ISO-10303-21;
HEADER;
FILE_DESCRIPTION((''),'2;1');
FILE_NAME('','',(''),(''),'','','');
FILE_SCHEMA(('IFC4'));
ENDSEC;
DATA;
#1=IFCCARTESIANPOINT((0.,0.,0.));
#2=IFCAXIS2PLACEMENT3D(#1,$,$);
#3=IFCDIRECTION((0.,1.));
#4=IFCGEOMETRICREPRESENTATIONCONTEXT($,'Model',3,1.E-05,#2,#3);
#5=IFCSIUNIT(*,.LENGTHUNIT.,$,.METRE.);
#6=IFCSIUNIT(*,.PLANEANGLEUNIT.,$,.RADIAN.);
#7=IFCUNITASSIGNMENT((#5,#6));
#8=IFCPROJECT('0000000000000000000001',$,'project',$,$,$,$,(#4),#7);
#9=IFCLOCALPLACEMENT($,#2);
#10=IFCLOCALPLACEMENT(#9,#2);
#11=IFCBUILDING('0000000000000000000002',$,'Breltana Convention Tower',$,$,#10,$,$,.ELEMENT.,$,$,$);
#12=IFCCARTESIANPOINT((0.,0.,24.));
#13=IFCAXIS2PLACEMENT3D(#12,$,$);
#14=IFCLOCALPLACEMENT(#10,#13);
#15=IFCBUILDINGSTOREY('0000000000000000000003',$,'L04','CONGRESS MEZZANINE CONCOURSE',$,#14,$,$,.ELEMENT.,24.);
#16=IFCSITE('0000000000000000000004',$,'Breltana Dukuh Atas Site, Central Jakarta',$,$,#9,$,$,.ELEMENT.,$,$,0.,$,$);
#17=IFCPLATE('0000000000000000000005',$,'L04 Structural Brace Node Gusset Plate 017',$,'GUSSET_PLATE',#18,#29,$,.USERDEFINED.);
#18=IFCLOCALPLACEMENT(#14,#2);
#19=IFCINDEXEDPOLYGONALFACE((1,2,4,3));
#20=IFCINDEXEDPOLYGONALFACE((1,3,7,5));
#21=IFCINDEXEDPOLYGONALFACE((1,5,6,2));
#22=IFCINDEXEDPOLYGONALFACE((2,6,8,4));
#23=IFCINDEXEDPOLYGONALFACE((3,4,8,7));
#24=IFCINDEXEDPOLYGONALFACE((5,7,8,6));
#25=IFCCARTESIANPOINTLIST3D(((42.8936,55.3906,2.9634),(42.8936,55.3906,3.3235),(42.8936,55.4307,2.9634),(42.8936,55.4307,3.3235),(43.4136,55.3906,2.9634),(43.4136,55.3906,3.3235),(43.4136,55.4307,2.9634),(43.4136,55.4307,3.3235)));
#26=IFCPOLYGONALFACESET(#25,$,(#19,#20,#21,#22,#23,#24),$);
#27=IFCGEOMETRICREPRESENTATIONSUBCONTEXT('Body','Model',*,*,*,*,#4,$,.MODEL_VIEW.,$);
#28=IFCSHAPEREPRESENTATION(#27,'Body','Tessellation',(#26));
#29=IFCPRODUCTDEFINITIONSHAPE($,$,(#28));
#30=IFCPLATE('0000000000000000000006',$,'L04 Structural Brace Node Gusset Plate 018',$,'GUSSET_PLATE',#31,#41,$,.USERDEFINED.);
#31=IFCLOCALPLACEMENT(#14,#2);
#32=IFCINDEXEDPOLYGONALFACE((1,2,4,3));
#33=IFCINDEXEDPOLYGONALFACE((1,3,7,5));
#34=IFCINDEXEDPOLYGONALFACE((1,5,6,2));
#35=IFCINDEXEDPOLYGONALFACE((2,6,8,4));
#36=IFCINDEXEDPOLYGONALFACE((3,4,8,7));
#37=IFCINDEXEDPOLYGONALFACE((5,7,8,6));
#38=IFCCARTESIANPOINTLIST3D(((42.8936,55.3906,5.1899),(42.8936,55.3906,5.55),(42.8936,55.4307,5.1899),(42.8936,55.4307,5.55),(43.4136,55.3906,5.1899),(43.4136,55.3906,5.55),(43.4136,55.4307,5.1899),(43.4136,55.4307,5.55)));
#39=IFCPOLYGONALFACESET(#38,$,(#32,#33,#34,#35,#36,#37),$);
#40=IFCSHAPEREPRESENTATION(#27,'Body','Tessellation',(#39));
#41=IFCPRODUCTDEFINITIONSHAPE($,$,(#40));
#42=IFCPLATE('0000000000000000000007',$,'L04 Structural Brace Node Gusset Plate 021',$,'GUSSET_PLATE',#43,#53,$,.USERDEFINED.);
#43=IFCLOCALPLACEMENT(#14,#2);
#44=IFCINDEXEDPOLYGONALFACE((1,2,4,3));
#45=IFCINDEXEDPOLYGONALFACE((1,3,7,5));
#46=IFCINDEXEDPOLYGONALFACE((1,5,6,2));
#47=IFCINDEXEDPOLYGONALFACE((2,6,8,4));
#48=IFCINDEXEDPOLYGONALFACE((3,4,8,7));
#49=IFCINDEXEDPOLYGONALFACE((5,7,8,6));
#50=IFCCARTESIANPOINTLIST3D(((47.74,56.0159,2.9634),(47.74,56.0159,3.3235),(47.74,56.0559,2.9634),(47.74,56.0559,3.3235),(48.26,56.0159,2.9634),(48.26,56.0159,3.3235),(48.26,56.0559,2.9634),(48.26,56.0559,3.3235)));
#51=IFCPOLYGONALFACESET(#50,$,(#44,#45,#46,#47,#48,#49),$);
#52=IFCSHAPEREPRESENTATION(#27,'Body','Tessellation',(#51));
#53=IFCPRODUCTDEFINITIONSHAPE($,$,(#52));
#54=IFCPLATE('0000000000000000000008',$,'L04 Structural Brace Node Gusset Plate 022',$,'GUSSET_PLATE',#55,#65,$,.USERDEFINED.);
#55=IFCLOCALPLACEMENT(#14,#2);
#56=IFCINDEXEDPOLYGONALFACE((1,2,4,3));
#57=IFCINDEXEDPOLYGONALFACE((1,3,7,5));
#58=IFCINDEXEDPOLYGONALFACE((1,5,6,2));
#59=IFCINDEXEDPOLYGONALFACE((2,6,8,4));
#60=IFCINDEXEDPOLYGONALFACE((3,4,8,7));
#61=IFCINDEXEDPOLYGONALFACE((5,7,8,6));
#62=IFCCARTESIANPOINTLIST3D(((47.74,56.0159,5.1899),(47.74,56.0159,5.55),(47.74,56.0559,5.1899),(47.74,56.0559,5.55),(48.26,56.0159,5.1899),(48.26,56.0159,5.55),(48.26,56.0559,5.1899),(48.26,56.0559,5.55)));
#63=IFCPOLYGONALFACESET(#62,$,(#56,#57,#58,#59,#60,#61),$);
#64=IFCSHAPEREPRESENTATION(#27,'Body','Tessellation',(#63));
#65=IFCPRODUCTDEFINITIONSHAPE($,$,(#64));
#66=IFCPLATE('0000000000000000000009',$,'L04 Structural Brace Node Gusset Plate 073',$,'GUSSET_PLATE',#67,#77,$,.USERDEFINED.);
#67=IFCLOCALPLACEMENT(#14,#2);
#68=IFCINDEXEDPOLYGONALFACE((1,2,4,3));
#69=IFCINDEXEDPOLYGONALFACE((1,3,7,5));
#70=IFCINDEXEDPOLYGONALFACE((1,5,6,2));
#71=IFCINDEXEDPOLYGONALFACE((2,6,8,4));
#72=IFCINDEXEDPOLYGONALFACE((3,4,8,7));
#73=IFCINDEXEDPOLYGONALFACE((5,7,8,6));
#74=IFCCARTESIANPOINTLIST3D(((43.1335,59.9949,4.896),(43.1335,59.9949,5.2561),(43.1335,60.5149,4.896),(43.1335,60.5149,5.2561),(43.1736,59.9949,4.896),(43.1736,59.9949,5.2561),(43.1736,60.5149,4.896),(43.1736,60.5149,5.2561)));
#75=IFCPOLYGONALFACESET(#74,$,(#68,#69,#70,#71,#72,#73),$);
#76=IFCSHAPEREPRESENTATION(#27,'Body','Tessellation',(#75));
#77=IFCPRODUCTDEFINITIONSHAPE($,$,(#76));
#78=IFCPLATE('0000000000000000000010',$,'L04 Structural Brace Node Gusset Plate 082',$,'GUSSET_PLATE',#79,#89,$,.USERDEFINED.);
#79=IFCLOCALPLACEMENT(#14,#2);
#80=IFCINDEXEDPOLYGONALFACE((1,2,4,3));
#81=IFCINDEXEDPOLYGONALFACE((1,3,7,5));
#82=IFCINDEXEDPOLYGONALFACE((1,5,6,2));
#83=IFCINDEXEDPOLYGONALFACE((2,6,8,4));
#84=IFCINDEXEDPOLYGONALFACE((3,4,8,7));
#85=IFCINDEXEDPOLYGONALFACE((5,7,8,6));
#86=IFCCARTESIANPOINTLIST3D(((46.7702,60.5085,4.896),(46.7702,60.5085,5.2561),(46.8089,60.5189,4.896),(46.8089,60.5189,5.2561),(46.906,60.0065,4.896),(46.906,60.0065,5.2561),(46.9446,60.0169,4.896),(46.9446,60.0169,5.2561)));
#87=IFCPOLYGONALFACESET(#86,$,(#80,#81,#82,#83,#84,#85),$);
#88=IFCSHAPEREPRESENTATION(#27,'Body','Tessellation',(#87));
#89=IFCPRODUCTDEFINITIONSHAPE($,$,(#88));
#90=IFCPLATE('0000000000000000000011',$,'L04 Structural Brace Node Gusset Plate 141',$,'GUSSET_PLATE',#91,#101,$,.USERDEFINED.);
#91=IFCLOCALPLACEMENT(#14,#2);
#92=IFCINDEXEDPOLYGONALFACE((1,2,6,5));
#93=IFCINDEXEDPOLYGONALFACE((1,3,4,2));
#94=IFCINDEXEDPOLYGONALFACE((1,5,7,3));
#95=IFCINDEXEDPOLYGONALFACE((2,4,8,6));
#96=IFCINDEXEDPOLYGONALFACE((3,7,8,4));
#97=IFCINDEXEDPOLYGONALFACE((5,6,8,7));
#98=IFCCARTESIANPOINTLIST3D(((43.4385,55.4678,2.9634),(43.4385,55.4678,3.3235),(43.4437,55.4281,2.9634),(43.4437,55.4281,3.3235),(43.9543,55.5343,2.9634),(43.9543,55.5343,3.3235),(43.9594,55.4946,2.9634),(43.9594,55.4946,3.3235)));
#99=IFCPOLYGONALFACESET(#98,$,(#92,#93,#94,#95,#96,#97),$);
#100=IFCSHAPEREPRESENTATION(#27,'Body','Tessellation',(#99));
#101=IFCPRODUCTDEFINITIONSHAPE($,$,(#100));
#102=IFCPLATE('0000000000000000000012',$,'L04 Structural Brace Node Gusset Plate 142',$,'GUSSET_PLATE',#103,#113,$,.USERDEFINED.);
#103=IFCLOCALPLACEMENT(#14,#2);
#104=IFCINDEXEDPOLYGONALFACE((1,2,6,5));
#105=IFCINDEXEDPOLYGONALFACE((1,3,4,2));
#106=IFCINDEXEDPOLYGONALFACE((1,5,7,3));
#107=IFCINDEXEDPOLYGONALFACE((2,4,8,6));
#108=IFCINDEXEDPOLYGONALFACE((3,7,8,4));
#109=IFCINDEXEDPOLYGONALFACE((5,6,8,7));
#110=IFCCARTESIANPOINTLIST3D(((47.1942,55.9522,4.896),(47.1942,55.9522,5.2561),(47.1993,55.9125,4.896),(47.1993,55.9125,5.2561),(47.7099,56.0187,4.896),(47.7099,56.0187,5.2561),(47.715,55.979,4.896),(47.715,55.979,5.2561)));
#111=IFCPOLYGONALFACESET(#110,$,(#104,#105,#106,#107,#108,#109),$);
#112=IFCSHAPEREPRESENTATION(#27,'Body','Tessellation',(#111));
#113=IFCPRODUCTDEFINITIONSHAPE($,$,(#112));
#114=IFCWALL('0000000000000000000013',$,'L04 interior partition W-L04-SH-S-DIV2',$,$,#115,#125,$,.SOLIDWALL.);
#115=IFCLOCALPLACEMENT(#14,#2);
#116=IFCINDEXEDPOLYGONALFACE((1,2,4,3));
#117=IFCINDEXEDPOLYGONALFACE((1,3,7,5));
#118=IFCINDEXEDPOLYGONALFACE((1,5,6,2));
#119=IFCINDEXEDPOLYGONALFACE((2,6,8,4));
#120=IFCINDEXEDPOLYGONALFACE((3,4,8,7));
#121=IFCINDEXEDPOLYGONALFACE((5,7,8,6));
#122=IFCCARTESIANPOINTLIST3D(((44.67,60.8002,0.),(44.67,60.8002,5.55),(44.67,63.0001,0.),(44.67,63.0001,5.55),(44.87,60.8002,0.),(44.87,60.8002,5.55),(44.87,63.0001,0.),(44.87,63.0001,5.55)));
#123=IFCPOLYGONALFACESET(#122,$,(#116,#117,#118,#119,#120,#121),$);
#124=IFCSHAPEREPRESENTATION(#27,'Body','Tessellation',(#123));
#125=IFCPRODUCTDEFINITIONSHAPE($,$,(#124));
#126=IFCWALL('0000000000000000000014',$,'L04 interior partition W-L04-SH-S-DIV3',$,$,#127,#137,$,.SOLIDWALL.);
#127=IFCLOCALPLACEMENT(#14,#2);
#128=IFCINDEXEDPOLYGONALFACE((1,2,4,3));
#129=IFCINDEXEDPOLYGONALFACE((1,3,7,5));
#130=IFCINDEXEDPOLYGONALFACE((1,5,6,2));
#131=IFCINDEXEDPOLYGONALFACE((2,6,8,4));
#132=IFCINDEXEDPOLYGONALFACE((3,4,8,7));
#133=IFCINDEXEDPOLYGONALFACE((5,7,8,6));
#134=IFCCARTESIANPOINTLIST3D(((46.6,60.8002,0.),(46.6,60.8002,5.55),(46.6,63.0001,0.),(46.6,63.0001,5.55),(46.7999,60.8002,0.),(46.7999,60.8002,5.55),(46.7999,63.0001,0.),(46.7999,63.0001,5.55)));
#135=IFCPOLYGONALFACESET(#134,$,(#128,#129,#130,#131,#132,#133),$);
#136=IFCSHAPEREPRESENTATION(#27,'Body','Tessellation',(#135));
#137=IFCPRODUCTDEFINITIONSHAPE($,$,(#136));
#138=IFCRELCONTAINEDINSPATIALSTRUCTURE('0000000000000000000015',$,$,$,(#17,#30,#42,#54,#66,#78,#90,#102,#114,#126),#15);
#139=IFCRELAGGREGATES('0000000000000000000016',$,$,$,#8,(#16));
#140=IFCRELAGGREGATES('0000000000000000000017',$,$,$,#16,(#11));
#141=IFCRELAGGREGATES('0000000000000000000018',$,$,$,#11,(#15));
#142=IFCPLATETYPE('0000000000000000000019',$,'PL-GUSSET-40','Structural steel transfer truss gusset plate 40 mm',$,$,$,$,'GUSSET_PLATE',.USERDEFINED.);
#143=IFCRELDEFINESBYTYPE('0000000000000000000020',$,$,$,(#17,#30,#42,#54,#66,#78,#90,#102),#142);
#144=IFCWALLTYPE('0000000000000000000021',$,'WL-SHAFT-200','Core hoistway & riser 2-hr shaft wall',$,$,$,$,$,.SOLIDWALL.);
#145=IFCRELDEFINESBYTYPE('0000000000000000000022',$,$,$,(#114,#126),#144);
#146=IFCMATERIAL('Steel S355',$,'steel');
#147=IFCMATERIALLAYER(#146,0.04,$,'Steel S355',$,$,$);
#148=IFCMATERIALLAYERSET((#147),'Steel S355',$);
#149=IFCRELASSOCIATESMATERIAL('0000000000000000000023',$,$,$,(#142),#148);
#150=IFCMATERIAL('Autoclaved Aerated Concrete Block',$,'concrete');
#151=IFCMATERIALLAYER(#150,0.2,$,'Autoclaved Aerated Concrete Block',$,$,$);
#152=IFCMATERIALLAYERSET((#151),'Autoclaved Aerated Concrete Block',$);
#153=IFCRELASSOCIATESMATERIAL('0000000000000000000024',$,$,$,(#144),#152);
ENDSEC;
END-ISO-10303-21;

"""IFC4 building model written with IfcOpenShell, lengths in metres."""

from ifc_helpers import new_model, si_unit, direction, frame, frame_2d, origin, origin_2d, place, context, subcontext, project, spatial, rectangle, extrude, source, transform, mapped, material, layer, layer_set, type_object, element, save


model = new_model("IFC4")

# Units and contexts
model_context = context("Model", 3, precision=1e-05, world=origin(), true_north=direction((0.0, 1.0)))
body_context = subcontext(model_context, "Body", "Model", "MODEL_VIEW")
ifc_project = project(units=[si_unit("LENGTHUNIT", "METRE"), si_unit("PLANEANGLEUNIT", "RADIAN")], contexts=[model_context])

# Site, building, storey
site_placement = place(None, origin())
site = spatial("IfcSite", under=ifc_project, at=site_placement, Name="Breltana Dukuh Atas Site, Central Jakarta", CompositionType="ELEMENT", RefElevation=0.0)
building_placement = place(site_placement, origin())
building = spatial("IfcBuilding", under=site, at=building_placement, Name="Breltana Convention Tower", CompositionType="ELEMENT")
storey_placement = place(building_placement, frame((0.0, 0.0, 24.0)))
storey = spatial("IfcBuildingStorey", under=building, at=storey_placement, Name="L04", Description="CONGRESS MEZZANINE CONCOURSE", CompositionType="ELEMENT", Elevation=24.0)

# Plates
ifc_material_1 = material(Name="Steel S355", Category="steel")
ifc_layer_1 = layer(ifc_material_1, 0.04, Name="Steel S355")
ifc_layer_set_1 = layer_set([ifc_layer_1], Name="Steel S355")
plate_type = type_object("IfcPlateType", Name="PL-GUSSET-40", Description="Structural steel transfer truss gusset plate 40 mm", ElementType="GUSSET_PLATE", PredefinedType="USERDEFINED", material=ifc_layer_set_1)
shared_shape_1 = source(origin(), body_context, "Body", "SweptSolid", [
    extrude(rectangle(XDim=0.52, YDim=0.04, at=origin_2d()), origin(), (0.0, 0.0, 1.0), 0.3601),
])
for number, where, z_axis, x_axis, name in (
    (1, (43.1536, 55.4106, 2.9634), (0.0, 0.0, 1.0), (1.0, 0.0, 0.0), "L04 Structural Brace Node Gusset Plate 017"),
    (2, (43.1536, 55.4106, 5.1899), (0.0, 0.0, 1.0), (1.0, 0.0, 0.0), "L04 Structural Brace Node Gusset Plate 018"),
    (3, (48.0, 56.0359, 2.9634), (0.0, 0.0, 1.0), (1.0, 0.0, 0.0), "L04 Structural Brace Node Gusset Plate 021"),
    (4, (48.0, 56.0359, 5.1899), (0.0, 0.0, 1.0), (1.0, 0.0, 0.0), "L04 Structural Brace Node Gusset Plate 022"),
    (5, (43.1536, 60.2549, 4.896), (0.0, 0.0, 1.0), (0.0, 1.0, 0.0), "L04 Structural Brace Node Gusset Plate 073"),
    (6, (46.8574, 60.2627, 4.896), (0.0, 0.0, 1.0), (-0.26101, 0.965336, 0.0), "L04 Structural Brace Node Gusset Plate 082"),
    (7, (43.699, 55.4812, 2.9634), (0.0, 0.0, 1.0), (0.991783, 0.12793, 0.0), "L04 Structural Brace Node Gusset Plate 141"),
    (8, (47.4546, 55.9656, 4.896), (0.0, 0.0, 1.0), (0.991783, 0.12793, 0.0), "L04 Structural Brace Node Gusset Plate 142"),
):
    element("IfcPlate", number, at=place(storey_placement, frame(where, z_axis=z_axis, x_axis=x_axis)), inside=storey, type_object=plate_type, Name=name, ObjectType="GUSSET_PLATE", PredefinedType="USERDEFINED", context=body_context, shape_type="MappedRepresentation", body=[
        mapped(shared_shape_1, transform((0.0, 0.0, 0.0), scale=1.0)),
    ])

# Walls
ifc_material_2 = material(Name="Autoclaved Aerated Concrete Block", Category="concrete")
ifc_layer_2 = layer(ifc_material_2, 0.2, Name="Autoclaved Aerated Concrete Block")
ifc_layer_set_2 = layer_set([ifc_layer_2], Name="Autoclaved Aerated Concrete Block")
wall_type = type_object("IfcWallType", Name="WL-SHAFT-200", Description="Core hoistway & riser 2-hr shaft wall", PredefinedType="SOLIDWALL", material=ifc_layer_set_2)
shared_shape_2 = source(origin(), body_context, "Body", "SweptSolid", [
    extrude(rectangle(XDim=2.2, YDim=0.2, at=frame_2d((1.1001, 0.0))), origin(), (0.0, 0.0, 1.0), 5.55),
])
for number, where, z_axis, x_axis, name in (
    (9, (44.77, 60.8, 0.0), (0.0, 0.0, 1.0), (0.0, 1.0, 0.0), "L04 interior partition W-L04-SH-S-DIV2"),
    (10, (46.7, 60.8, 0.0), (0.0, 0.0, 1.0), (0.0, 1.0, 0.0), "L04 interior partition W-L04-SH-S-DIV3"),
):
    element("IfcWall", number, at=place(storey_placement, frame(where, z_axis=z_axis, x_axis=x_axis)), inside=storey, type_object=wall_type, Name=name, PredefinedType="SOLIDWALL", context=body_context, shape_type="MappedRepresentation", body=[
        mapped(shared_shape_2, transform((0.0, 0.0, 0.0), scale=1.0)),
    ])

save(model, "model.ifc")
